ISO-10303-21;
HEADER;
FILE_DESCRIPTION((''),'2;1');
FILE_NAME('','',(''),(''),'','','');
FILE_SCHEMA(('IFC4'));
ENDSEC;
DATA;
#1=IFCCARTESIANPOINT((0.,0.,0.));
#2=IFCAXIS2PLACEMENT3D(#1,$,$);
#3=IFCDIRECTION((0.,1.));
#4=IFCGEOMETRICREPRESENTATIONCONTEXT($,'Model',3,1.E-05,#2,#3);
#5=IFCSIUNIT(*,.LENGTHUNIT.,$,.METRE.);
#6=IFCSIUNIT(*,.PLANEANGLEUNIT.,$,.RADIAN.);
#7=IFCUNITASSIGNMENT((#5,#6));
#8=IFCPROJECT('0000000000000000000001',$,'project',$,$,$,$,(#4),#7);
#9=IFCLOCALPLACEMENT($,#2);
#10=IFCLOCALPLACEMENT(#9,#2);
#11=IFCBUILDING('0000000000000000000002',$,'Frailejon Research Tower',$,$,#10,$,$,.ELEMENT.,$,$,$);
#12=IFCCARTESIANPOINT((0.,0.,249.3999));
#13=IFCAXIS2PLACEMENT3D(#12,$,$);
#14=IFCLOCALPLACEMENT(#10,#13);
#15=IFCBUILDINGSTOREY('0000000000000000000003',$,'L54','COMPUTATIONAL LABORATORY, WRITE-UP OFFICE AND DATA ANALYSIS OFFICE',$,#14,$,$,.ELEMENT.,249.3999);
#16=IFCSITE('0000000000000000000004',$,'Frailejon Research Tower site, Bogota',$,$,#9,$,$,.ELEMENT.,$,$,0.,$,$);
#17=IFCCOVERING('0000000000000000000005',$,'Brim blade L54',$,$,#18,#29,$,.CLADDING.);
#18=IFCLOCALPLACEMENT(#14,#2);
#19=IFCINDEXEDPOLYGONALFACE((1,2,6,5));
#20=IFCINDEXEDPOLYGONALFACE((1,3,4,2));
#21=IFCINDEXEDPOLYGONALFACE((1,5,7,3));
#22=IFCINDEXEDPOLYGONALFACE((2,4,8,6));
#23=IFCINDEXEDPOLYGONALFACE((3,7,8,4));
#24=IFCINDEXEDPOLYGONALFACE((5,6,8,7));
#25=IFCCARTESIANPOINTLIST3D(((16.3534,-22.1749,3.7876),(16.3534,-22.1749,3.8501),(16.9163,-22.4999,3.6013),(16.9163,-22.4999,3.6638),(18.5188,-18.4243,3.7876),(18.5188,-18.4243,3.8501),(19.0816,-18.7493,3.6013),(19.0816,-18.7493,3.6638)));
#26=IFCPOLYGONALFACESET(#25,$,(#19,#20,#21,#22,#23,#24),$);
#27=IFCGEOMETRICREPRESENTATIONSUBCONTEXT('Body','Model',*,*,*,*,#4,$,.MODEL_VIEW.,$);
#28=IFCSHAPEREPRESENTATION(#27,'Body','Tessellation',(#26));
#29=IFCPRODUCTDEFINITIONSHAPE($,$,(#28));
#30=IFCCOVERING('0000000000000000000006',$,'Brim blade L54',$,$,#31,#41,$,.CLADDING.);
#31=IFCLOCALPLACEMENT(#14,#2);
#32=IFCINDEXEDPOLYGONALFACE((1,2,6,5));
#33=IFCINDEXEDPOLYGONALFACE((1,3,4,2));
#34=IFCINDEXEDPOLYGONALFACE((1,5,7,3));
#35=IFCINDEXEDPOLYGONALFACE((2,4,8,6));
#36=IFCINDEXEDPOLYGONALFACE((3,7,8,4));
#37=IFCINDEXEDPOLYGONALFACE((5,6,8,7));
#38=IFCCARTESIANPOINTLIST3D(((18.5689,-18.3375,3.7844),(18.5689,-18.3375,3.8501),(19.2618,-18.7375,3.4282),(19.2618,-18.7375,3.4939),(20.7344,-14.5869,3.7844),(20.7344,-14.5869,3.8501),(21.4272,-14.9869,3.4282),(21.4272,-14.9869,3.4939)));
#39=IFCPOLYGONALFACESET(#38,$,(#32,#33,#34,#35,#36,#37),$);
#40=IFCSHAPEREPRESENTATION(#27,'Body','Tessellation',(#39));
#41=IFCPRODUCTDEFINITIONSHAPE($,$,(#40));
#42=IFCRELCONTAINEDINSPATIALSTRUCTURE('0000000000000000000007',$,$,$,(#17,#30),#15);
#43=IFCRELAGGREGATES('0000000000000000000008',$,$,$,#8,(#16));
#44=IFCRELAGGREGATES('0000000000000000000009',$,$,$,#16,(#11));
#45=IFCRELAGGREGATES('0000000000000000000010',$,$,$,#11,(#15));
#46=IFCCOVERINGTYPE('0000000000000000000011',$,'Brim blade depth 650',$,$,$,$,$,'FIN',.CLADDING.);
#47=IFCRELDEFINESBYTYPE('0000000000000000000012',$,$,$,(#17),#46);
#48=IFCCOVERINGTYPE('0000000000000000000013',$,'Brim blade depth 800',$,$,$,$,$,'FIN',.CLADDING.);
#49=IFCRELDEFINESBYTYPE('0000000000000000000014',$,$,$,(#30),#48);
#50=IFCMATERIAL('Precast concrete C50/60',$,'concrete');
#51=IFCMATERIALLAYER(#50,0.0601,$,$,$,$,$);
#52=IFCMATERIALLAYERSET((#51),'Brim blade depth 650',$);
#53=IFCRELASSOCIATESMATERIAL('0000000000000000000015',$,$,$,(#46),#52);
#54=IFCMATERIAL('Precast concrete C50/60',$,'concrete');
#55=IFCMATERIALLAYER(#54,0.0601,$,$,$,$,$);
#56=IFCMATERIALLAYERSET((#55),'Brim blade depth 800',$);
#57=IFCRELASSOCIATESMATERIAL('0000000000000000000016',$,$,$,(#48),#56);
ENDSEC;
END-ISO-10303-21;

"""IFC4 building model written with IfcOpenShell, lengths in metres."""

from ifc_helpers import new_model, si_unit, direction, frame, origin, place, context, subcontext, project, spatial, polyline, outline, extrude, material, layer, layer_set, type_object, element, save


model = new_model("IFC4")

# Units and contexts
model_context = context("Model", 3, precision=1e-05, world=origin(), true_north=direction((0.0, 1.0)))
body_context = subcontext(model_context, "Body", "Model", "MODEL_VIEW")
ifc_project = project(units=[si_unit("LENGTHUNIT", "METRE"), si_unit("PLANEANGLEUNIT", "RADIAN")], contexts=[model_context])

# Site, building, storey
site_placement = place(None, origin())
site = spatial("IfcSite", under=ifc_project, at=site_placement, Name="Frailejon Research Tower site, Bogota", CompositionType="ELEMENT", RefElevation=0.0)
building_placement = place(site_placement, origin())
building = spatial("IfcBuilding", under=site, at=building_placement, Name="Frailejon Research Tower", CompositionType="ELEMENT")
storey_placement = place(building_placement, frame((0.0, 0.0, 249.3999)))
storey = spatial("IfcBuildingStorey", under=building, at=storey_placement, Name="L54", Description="COMPUTATIONAL LABORATORY, WRITE-UP OFFICE AND DATA ANALYSIS OFFICE", CompositionType="ELEMENT", Elevation=249.3999)

# Coverings
ifc_material_1 = material(Name="Precast concrete C50/60", Category="concrete")
ifc_layer_1 = layer(ifc_material_1, 0.0601)
ifc_layer_set_1 = layer_set([ifc_layer_1], Name="Brim blade depth 650")
covering_type_1 = type_object("IfcCoveringType", Name="Brim blade depth 650", ElementType="FIN", PredefinedType="CLADDING", material=ifc_layer_set_1)
covering_1_placement = place(storey_placement, frame((18.5188, -18.4243, 3.8501), z_axis=(-0.499989, -0.866032, 0.0), x_axis=(0.866032, -0.499989, 0.0)))
element("IfcCovering", 1, at=covering_1_placement, inside=storey, type_object=covering_type_1, Name="Brim blade L54", PredefinedType="CLADDING", context=body_context, shape_type="SweptSolid", body=[
    extrude(outline(polyline([(0.0, -0.0625), (0.6499, -0.2488), (0.6499, -0.1863), (0.0, 0.0), (0.0, -0.0625)])), origin(), (0.0, 0.0, 1.0), 4.3308),
])
ifc_material_2 = material(Name="Precast concrete C50/60", Category="concrete")
ifc_layer_2 = layer(ifc_material_2, 0.0601)
ifc_layer_set_2 = layer_set([ifc_layer_2], Name="Brim blade depth 800")
covering_type_2 = type_object("IfcCoveringType", Name="Brim blade depth 800", ElementType="FIN", PredefinedType="CLADDING", material=ifc_layer_set_2)
covering_2_placement = place(storey_placement, frame((20.7344, -14.5869, 3.8501), z_axis=(-0.500006, -0.866022, 0.0), x_axis=(0.866022, -0.500006, 0.0)))
element("IfcCovering", 2, at=covering_2_placement, inside=storey, type_object=covering_type_2, Name="Brim blade L54", PredefinedType="CLADDING", context=body_context, shape_type="SweptSolid", body=[
    extrude(outline(polyline([(0.0, -0.0657), (0.8, -0.4219), (0.8, -0.3562), (0.0, 0.0), (0.0, -0.0657)])), origin(), (0.0, 0.0, 1.0), 4.3308),
])

save(model, "model.ifc")
